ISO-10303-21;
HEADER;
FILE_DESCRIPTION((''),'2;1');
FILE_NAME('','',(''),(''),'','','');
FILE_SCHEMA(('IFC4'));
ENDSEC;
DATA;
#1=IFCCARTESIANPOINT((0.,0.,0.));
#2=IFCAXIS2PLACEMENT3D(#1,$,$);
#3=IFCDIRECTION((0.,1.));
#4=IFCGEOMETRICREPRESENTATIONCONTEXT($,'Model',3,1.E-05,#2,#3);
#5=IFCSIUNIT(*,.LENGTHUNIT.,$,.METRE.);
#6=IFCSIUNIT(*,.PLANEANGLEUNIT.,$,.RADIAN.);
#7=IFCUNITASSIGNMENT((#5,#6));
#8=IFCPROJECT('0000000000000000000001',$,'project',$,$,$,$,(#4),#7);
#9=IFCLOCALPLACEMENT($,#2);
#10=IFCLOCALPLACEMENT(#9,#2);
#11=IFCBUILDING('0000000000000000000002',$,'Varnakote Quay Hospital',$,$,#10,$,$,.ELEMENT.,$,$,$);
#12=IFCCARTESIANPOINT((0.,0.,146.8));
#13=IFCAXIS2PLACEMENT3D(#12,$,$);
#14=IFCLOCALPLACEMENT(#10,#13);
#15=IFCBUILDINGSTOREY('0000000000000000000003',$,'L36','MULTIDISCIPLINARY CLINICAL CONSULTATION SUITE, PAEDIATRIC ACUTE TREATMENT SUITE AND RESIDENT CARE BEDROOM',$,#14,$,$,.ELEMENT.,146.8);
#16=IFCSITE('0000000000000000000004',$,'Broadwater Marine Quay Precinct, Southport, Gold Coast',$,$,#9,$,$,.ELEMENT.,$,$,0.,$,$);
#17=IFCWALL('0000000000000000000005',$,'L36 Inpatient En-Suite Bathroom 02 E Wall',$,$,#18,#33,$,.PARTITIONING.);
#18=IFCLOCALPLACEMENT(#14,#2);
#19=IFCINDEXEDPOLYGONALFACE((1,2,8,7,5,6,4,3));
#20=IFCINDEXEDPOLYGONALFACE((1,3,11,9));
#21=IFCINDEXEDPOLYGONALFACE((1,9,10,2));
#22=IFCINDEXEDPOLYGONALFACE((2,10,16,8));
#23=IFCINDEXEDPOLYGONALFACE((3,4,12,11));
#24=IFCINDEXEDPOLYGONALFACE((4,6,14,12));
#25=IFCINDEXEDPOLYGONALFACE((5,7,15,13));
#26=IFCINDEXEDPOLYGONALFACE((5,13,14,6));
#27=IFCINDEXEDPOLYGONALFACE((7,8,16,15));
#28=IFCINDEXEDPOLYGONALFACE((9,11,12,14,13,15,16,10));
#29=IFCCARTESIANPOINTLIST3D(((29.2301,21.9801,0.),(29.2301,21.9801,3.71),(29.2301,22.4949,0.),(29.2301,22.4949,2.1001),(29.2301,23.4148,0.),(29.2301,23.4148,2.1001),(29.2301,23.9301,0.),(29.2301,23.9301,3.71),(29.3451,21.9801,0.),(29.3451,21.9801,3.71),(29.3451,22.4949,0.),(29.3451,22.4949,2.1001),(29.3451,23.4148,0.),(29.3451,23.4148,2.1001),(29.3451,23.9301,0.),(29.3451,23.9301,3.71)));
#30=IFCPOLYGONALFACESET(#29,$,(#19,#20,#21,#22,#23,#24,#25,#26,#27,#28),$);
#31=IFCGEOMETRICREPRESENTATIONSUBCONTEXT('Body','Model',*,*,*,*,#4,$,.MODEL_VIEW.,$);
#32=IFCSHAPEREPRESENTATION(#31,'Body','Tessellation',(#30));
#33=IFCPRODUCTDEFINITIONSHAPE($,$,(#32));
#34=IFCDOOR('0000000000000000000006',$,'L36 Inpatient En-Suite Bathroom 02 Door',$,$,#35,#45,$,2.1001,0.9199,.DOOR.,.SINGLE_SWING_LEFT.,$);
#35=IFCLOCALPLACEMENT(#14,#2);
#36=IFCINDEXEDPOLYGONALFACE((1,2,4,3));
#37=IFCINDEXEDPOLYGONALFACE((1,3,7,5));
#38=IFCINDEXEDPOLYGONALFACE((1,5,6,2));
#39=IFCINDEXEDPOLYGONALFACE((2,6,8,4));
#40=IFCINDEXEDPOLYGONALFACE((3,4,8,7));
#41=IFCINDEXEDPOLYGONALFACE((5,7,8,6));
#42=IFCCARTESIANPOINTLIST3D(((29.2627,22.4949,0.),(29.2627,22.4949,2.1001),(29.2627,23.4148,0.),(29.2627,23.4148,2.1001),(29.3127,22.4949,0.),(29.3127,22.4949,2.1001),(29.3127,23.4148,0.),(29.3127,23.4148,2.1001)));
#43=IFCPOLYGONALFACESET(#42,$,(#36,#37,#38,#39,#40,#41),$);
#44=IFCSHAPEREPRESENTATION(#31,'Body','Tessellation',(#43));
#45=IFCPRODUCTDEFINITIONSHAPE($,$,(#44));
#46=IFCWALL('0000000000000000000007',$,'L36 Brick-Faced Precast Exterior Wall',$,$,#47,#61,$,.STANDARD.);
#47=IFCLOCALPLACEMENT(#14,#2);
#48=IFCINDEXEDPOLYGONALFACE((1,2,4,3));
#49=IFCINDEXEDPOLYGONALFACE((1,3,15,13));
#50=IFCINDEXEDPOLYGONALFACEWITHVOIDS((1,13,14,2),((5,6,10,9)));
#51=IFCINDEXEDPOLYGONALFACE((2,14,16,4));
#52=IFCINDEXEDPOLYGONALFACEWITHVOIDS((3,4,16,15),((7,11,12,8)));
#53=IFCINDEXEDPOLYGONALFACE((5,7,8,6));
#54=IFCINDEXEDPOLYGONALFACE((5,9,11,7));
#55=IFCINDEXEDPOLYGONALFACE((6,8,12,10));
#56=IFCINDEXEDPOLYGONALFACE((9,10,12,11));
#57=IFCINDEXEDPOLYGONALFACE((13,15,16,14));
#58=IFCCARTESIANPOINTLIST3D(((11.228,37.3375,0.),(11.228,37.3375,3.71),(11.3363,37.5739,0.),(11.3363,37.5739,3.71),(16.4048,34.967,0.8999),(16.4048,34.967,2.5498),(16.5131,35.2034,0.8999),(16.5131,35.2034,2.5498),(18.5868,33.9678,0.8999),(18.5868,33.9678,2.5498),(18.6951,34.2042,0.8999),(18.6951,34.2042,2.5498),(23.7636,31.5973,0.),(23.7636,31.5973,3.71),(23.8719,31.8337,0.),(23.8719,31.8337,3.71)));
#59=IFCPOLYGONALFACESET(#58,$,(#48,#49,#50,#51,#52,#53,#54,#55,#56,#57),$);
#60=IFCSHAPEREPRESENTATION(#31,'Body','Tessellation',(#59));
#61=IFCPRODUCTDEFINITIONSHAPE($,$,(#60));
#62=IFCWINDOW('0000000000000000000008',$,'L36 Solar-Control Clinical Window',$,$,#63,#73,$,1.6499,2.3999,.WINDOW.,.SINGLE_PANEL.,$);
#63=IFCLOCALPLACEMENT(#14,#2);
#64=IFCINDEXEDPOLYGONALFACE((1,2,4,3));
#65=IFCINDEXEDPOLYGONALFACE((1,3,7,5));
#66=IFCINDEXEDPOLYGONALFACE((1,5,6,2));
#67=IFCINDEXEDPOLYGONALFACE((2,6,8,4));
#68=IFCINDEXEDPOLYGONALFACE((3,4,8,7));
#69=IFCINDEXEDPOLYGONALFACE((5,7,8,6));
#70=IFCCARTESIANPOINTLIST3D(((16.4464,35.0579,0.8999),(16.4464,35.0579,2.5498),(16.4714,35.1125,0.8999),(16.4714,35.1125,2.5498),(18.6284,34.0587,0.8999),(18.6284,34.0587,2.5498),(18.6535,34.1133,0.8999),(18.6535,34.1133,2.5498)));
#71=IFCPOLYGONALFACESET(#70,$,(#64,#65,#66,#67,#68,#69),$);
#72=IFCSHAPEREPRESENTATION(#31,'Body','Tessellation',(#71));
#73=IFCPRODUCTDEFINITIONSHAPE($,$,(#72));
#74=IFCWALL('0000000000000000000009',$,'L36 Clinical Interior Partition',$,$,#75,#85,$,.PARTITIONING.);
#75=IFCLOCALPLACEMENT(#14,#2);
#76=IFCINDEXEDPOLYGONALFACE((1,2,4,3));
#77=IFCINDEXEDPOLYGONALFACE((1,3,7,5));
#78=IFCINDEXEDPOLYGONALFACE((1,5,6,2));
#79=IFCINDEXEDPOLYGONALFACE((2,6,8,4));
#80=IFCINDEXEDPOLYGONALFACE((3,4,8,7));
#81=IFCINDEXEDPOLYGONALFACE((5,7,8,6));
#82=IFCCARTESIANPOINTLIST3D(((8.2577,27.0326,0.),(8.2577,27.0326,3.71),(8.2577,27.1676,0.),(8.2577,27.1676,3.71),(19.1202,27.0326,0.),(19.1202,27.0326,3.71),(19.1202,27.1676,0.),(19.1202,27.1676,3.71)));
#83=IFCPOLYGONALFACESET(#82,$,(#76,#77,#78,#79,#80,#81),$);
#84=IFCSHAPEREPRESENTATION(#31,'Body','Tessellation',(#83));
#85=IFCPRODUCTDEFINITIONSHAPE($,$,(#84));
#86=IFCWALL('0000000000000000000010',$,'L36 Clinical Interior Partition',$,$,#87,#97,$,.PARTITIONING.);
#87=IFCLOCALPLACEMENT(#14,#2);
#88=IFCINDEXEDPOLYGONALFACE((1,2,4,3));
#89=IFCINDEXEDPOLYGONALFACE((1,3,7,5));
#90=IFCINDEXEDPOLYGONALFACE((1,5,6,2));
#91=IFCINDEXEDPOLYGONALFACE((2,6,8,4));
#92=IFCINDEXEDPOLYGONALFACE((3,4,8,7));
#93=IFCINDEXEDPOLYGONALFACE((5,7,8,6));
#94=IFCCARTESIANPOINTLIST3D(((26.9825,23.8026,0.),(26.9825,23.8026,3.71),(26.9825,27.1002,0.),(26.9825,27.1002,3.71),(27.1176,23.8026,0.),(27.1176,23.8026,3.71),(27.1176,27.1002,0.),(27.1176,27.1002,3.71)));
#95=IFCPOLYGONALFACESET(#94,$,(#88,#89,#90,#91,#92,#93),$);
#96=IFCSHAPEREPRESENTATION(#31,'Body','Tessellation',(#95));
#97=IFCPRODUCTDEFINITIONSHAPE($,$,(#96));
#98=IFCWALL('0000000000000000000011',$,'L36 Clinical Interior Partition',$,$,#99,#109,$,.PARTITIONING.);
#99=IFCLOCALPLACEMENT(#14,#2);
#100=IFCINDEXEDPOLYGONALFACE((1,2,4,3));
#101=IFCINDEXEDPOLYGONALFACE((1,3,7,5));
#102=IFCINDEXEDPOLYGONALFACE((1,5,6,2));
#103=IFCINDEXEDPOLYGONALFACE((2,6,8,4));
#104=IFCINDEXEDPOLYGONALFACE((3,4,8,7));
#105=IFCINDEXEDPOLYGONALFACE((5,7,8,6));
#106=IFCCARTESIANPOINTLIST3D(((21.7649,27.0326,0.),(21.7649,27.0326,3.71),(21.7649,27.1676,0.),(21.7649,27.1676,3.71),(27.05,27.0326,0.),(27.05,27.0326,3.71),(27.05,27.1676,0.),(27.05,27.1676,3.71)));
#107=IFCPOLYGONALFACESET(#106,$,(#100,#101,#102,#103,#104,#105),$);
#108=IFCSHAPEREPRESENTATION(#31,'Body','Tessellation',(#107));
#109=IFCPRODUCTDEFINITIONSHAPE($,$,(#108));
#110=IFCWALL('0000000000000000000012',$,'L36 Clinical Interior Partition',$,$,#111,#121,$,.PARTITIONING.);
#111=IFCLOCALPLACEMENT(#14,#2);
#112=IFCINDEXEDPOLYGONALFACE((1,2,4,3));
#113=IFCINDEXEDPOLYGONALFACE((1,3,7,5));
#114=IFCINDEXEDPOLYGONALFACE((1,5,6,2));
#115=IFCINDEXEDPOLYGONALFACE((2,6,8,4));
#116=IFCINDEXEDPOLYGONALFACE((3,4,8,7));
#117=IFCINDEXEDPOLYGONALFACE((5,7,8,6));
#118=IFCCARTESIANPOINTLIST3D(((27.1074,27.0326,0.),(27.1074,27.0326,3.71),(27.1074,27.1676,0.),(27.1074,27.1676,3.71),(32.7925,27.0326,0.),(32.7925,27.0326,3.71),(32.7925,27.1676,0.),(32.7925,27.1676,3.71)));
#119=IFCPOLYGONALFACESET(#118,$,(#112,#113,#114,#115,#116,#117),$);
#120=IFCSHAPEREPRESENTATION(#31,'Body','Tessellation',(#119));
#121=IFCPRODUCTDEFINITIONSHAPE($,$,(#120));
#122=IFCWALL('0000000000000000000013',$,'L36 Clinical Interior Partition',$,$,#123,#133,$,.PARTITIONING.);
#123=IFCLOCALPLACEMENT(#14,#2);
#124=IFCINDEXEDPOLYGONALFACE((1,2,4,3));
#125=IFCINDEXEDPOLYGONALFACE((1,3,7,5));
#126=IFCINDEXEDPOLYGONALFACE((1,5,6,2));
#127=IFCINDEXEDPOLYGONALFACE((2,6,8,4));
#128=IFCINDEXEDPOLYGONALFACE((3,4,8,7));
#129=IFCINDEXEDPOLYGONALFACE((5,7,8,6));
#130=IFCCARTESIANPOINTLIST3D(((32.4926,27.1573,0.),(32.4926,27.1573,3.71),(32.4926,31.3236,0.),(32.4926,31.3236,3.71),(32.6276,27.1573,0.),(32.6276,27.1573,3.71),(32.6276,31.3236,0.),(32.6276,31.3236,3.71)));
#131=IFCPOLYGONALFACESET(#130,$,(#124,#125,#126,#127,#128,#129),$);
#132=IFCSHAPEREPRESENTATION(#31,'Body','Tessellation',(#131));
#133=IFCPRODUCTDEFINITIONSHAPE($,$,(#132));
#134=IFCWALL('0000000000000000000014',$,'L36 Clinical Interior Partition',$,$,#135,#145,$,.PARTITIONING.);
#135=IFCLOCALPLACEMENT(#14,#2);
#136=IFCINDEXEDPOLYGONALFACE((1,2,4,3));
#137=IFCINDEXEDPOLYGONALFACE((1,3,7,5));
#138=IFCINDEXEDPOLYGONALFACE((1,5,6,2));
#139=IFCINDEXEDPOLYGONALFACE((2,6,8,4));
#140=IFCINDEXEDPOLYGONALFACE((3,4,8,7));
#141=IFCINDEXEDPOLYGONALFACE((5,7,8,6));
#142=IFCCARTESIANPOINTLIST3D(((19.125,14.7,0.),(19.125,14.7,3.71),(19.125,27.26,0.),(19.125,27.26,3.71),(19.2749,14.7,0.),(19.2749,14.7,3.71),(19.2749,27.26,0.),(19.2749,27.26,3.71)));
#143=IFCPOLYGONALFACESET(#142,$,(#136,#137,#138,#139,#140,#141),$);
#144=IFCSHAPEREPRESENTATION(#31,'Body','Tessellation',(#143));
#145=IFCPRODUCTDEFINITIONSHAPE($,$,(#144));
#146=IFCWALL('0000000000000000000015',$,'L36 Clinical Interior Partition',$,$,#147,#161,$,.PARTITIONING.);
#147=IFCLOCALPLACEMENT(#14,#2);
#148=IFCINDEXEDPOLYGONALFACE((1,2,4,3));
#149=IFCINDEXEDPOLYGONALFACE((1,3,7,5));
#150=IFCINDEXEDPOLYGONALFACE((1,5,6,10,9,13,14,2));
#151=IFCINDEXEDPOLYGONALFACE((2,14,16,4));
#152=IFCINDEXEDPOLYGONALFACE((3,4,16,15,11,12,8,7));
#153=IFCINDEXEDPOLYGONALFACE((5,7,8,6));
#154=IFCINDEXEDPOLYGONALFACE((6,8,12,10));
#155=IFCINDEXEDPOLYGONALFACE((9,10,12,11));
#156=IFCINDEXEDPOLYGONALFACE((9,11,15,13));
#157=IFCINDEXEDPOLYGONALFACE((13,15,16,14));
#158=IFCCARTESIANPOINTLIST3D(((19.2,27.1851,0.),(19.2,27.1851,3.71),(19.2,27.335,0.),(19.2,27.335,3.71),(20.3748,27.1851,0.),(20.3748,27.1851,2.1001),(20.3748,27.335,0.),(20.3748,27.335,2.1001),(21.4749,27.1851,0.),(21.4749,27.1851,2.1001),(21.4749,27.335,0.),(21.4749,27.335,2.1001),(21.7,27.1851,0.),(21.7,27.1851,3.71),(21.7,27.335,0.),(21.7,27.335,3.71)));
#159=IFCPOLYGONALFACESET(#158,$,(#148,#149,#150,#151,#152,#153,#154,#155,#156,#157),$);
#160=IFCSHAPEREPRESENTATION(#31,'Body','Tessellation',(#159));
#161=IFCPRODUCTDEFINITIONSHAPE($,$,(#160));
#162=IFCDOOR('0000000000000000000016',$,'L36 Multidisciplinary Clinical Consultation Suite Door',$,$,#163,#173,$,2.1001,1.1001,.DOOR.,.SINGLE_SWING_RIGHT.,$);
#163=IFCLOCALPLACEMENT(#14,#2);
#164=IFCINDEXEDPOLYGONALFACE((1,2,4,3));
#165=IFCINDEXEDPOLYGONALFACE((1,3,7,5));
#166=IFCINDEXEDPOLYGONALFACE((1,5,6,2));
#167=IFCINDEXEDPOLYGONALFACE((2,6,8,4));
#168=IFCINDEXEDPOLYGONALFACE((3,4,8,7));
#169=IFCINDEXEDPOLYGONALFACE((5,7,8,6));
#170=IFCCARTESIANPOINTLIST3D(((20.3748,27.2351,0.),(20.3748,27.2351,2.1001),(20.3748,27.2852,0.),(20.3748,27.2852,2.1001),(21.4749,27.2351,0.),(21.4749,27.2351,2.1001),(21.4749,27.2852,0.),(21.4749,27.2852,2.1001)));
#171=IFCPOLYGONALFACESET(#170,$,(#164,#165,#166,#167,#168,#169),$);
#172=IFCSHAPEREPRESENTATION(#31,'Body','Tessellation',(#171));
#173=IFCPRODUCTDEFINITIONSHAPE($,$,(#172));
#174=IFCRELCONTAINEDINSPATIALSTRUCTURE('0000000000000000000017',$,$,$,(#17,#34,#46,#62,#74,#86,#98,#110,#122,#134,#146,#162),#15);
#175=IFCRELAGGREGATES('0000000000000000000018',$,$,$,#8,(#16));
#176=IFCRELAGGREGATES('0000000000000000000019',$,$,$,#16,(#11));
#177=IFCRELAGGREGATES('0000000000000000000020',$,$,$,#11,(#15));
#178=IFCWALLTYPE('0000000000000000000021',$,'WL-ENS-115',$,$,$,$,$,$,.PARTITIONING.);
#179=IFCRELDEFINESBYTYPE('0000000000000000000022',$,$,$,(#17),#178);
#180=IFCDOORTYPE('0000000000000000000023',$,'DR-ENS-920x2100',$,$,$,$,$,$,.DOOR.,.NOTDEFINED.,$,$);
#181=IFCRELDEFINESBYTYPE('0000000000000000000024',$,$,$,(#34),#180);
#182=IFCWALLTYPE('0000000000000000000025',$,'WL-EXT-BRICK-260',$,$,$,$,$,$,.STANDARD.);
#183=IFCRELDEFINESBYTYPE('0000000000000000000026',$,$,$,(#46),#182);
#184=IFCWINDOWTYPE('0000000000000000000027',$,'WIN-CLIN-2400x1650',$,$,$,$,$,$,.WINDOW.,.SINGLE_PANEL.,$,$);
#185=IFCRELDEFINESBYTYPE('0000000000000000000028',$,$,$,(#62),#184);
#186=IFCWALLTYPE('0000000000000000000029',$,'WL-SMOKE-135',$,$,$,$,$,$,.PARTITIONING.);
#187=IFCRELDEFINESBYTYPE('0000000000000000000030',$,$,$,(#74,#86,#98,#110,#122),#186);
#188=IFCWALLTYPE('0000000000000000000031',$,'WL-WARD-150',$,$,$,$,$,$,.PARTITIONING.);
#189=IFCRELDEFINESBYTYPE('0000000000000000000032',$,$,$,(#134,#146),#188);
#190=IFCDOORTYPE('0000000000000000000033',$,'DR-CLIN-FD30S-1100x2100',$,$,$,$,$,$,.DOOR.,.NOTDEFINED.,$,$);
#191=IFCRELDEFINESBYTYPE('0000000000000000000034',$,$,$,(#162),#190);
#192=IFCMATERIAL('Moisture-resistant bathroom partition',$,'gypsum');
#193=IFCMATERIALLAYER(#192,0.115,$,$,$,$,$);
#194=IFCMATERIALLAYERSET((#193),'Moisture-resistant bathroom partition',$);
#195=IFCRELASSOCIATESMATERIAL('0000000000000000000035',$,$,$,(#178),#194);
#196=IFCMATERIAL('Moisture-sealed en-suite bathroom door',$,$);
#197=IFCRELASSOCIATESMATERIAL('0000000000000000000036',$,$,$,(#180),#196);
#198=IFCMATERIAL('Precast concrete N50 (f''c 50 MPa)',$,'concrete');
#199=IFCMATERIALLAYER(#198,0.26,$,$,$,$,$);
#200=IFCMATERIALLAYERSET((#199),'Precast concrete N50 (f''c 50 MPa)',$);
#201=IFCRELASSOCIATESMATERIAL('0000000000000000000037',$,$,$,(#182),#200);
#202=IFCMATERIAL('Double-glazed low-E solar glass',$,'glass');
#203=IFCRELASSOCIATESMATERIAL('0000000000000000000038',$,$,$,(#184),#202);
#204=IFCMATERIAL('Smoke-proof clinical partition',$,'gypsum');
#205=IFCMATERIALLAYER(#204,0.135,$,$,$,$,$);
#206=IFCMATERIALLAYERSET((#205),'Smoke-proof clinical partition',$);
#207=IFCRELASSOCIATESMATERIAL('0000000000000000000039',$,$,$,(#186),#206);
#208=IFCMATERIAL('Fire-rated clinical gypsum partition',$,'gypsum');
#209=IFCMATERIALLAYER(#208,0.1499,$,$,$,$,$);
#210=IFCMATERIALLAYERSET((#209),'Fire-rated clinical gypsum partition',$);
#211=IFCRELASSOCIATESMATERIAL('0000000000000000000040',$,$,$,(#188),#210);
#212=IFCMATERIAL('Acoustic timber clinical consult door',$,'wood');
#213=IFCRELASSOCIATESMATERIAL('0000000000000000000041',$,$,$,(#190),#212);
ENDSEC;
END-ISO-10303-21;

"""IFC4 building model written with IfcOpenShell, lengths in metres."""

from ifc_helpers import new_model, si_unit, direction, frame, frame_2d, origin, place, context, subcontext, project, spatial, rectangle, extrude, material, layer, layer_set, type_object, element, fill, save


model = new_model("IFC4")

# Units and contexts
model_context = context("Model", 3, precision=1e-05, world=origin(), true_north=direction((0.0, 1.0)))
body_context = subcontext(model_context, "Body", "Model", "MODEL_VIEW")
ifc_project = project(units=[si_unit("LENGTHUNIT", "METRE"), si_unit("PLANEANGLEUNIT", "RADIAN")], contexts=[model_context])

# Site, building, storey
site_placement = place(None, origin())
site = spatial("IfcSite", under=ifc_project, at=site_placement, Name="Broadwater Marine Quay Precinct, Southport, Gold Coast", CompositionType="ELEMENT", RefElevation=0.0)
building_placement = place(site_placement, origin())
building = spatial("IfcBuilding", under=site, at=building_placement, Name="Varnakote Quay Hospital", CompositionType="ELEMENT")
storey_placement = place(building_placement, frame((0.0, 0.0, 146.8)))
storey = spatial("IfcBuildingStorey", under=building, at=storey_placement, Name="L36", Description="MULTIDISCIPLINARY CLINICAL CONSULTATION SUITE, PAEDIATRIC ACUTE TREATMENT SUITE AND RESIDENT CARE BEDROOM", CompositionType="ELEMENT", Elevation=146.8)

# Shared definitions
ifc_material_1 = material(Name="Moisture-resistant bathroom partition", Category="gypsum")
ifc_layer_1 = layer(ifc_material_1, 0.115)
ifc_layer_set_1 = layer_set([ifc_layer_1], Name="Moisture-resistant bathroom partition")
wall_type_1 = type_object("IfcWallType", Name="WL-ENS-115", PredefinedType="PARTITIONING", material=ifc_layer_set_1)

# Shared definitions
ifc_material_2 = material(Name="Moisture-sealed en-suite bathroom door")
door_type_1 = type_object("IfcDoorType", Name="DR-ENS-920x2100", OperationType="NOTDEFINED", PredefinedType="DOOR", material=ifc_material_2)

# Wall, opening, door
wall_1_placement = place(storey_placement, frame((29.2876, 21.98, 0.0), z_axis=(0.0, 0.0, 1.0), x_axis=(0.0, 1.0, 0.0)))
wall_1 = element("IfcWall", 1, at=wall_1_placement, inside=storey, type_object=wall_type_1, Name="L36 Inpatient En-Suite Bathroom 02 E Wall", PredefinedType="PARTITIONING", context=body_context, shape_type="SweptSolid", body=[
    extrude(rectangle(XDim=1.95, YDim=0.115, at=frame_2d((0.9751, 0.0))), origin(), (0.0, 0.0, 1.0), 3.71),
])
opening_1_placement = place(wall_1_placement, frame((0.5149, 0.0, 0.0)))
opening_1 = element("IfcOpeningElement", 2, at=opening_1_placement, cuts=wall_1, PredefinedType="OPENING", context=body_context, shape_type="SweptSolid", body=[
    extrude(rectangle(XDim=0.9199, YDim=2.1001, at=frame_2d((0.46, 1.05))), frame((0.0, 0.0674, 0.0), z_axis=(0.0, -1.0, 0.0), x_axis=(1.0, 0.0, 0.0)), (0.0, 0.0, 1.0), 0.135),
])
door_1_placement = place(opening_1_placement, origin())
door_1 = element("IfcDoor", 3, at=door_1_placement, inside=storey, type_object=door_type_1, Name="L36 Inpatient En-Suite Bathroom 02 Door", OperationType="SINGLE_SWING_LEFT", OverallHeight=2.1001, OverallWidth=0.9199, PredefinedType="DOOR", context=body_context, shape_type="SweptSolid", body=[
    extrude(rectangle(XDim=0.9199, YDim=2.1001, at=frame_2d((0.46, 1.05))), frame((0.0, 0.0249, 0.0), z_axis=(0.0, -1.0, 0.0), x_axis=(1.0, 0.0, 0.0)), (0.0, 0.0, 1.0), 0.05),
])
fill(opening_1, door_1)

# Wall, opening, window
ifc_material_3 = material(Name="Precast concrete N50 (f'c 50 MPa)", Category="concrete")
ifc_layer_2 = layer(ifc_material_3, 0.26)
ifc_layer_set_2 = layer_set([ifc_layer_2], Name="Precast concrete N50 (f'c 50 MPa)")
wall_type_2 = type_object("IfcWallType", Name="WL-EXT-BRICK-260", PredefinedType="STANDARD", material=ifc_layer_set_2)
wall_2_placement = place(storey_placement, frame((23.8176, 31.7156, 0.0), z_axis=(0.0, 0.0, 1.0), x_axis=(-0.90921, 0.416339, 0.0)))
wall_2 = element("IfcWall", 4, at=wall_2_placement, inside=storey, type_object=wall_type_2, Name="L36 Brick-Faced Precast Exterior Wall", PredefinedType="STANDARD", context=body_context, shape_type="SweptSolid", body=[
    extrude(rectangle(XDim=13.7874, YDim=0.26, at=frame_2d((6.8936, 0.0))), origin(), (0.0, 0.0, 1.0), 3.71),
])
opening_2_placement = place(wall_2_placement, frame((5.6936, 0.0, 0.8999)))
opening_2 = element("IfcOpeningElement", 5, at=opening_2_placement, cuts=wall_2, PredefinedType="OPENING", context=body_context, shape_type="SweptSolid", body=[
    extrude(rectangle(XDim=2.3999, YDim=1.6499, at=frame_2d((1.2, 0.825))), frame((0.0, 0.1399, 0.0), z_axis=(0.0, -1.0, 0.0), x_axis=(1.0, 0.0, 0.0)), (0.0, 0.0, 1.0), 0.28),
])
ifc_material_4 = material(Name="Double-glazed low-E solar glass", Category="glass")
window_type = type_object("IfcWindowType", Name="WIN-CLIN-2400x1650", PartitioningType="SINGLE_PANEL", PredefinedType="WINDOW", material=ifc_material_4)
window_placement = place(opening_2_placement, origin())
window = element("IfcWindow", 6, at=window_placement, inside=storey, type_object=window_type, Name="L36 Solar-Control Clinical Window", OverallHeight=1.6499, OverallWidth=2.3999, PartitioningType="SINGLE_PANEL", PredefinedType="WINDOW", context=body_context, shape_type="SweptSolid", body=[
    extrude(rectangle(XDim=2.3999, YDim=1.6499, at=frame_2d((1.2, 0.825))), frame((0.0, 0.03, 0.0), z_axis=(0.0, -1.0, 0.0), x_axis=(1.0, 0.0, 0.0)), (0.0, 0.0, 1.0), 0.0601),
])
fill(opening_2, window)

# Walls
ifc_material_5 = material(Name="Smoke-proof clinical partition", Category="gypsum")
ifc_layer_3 = layer(ifc_material_5, 0.135)
ifc_layer_set_3 = layer_set([ifc_layer_3], Name="Smoke-proof clinical partition")
wall_type_3 = type_object("IfcWallType", Name="WL-SMOKE-135", PredefinedType="PARTITIONING", material=ifc_layer_set_3)
wall_3_placement = place(storey_placement, frame((19.1201, 27.1001, 0.0), z_axis=(0.0, 0.0, 1.0), x_axis=(-1.0, 0.0, 0.0)))
element("IfcWall", 7, at=wall_3_placement, inside=storey, type_object=wall_type_3, Name="L36 Clinical Interior Partition", PredefinedType="PARTITIONING", context=body_context, shape_type="SweptSolid", body=[
    extrude(rectangle(XDim=10.8625, YDim=0.135, at=frame_2d((5.4312, 0.0))), origin(), (0.0, 0.0, 1.0), 3.71),
])
wall_4_placement = place(storey_placement, frame((27.05, 23.8025, 0.0), z_axis=(0.0, 0.0, 1.0), x_axis=(0.0, 1.0, 0.0)))
element("IfcWall", 8, at=wall_4_placement, inside=storey, type_object=wall_type_3, Name="L36 Clinical Interior Partition", PredefinedType="PARTITIONING", context=body_context, shape_type="SweptSolid", body=[
    extrude(rectangle(XDim=3.2976, YDim=0.135, at=frame_2d((1.6489, 0.0))), origin(), (0.0, 0.0, 1.0), 3.71),
])
wall_5_placement = place(storey_placement, frame((27.05, 27.1001, 0.0), z_axis=(0.0, 0.0, 1.0), x_axis=(-1.0, 0.0, 0.0)))
element("IfcWall", 9, at=wall_5_placement, inside=storey, type_object=wall_type_3, Name="L36 Clinical Interior Partition", PredefinedType="PARTITIONING", context=body_context, shape_type="SweptSolid", body=[
    extrude(rectangle(XDim=5.2852, YDim=0.135, at=frame_2d((2.6426, 0.0))), origin(), (0.0, 0.0, 1.0), 3.71),
])
wall_6_placement = place(storey_placement, frame((32.7925, 27.1001, 0.0), z_axis=(0.0, 0.0, 1.0), x_axis=(-1.0, 0.0, 0.0)))
element("IfcWall", 10, at=wall_6_placement, inside=storey, type_object=wall_type_3, Name="L36 Clinical Interior Partition", PredefinedType="PARTITIONING", context=body_context, shape_type="SweptSolid", body=[
    extrude(rectangle(XDim=5.6851, YDim=0.135, at=frame_2d((2.8425, 0.0))), origin(), (0.0, 0.0, 1.0), 3.71),
])
wall_7_placement = place(storey_placement, frame((32.5601, 27.1575, 0.0), z_axis=(0.0, 0.0, 1.0), x_axis=(0.0, 1.0, 0.0)))
element("IfcWall", 11, at=wall_7_placement, inside=storey, type_object=wall_type_3, Name="L36 Clinical Interior Partition", PredefinedType="PARTITIONING", context=body_context, shape_type="SweptSolid", body=[
    extrude(rectangle(XDim=4.1663, YDim=0.135, at=frame_2d((2.083, 0.0))), origin(), (0.0, 0.0, 1.0), 3.71),
])
ifc_material_6 = material(Name="Fire-rated clinical gypsum partition", Category="gypsum")
ifc_layer_4 = layer(ifc_material_6, 0.1499)
ifc_layer_set_4 = layer_set([ifc_layer_4], Name="Fire-rated clinical gypsum partition")
wall_type_4 = type_object("IfcWallType", Name="WL-WARD-150", PredefinedType="PARTITIONING", material=ifc_layer_set_4)
wall_8_placement = place(storey_placement, frame((19.2, 27.26, 0.0), z_axis=(0.0, 0.0, 1.0), x_axis=(0.0, -1.0, 0.0)))
element("IfcWall", 12, at=wall_8_placement, inside=storey, type_object=wall_type_4, Name="L36 Clinical Interior Partition", PredefinedType="PARTITIONING", context=body_context, shape_type="SweptSolid", body=[
    extrude(rectangle(XDim=12.5601, YDim=0.1499, at=frame_2d((6.28, 0.0))), origin(), (0.0, 0.0, 1.0), 3.71),
])

# Wall, opening, door
wall_9_placement = place(storey_placement, frame((21.7, 27.26, 0.0), z_axis=(0.0, 0.0, 1.0), x_axis=(-1.0, 0.0, 0.0)))
wall_9 = element("IfcWall", 13, at=wall_9_placement, inside=storey, type_object=wall_type_4, Name="L36 Clinical Interior Partition", PredefinedType="PARTITIONING", context=body_context, shape_type="SweptSolid", body=[
    extrude(rectangle(XDim=2.5, YDim=0.1499, at=frame_2d((1.25, 0.0))), origin(), (0.0, 0.0, 1.0), 3.71),
])
opening_3_placement = place(wall_9_placement, frame((0.2251, 0.0, 0.0)))
opening_3 = element("IfcOpeningElement", 14, at=opening_3_placement, cuts=wall_9, PredefinedType="OPENING", context=body_context, shape_type="SweptSolid", body=[
    extrude(rectangle(XDim=1.1001, YDim=2.1001, at=frame_2d((0.55, 1.05))), frame((0.0, 0.085, 0.0), z_axis=(0.0, -1.0, 0.0), x_axis=(1.0, 0.0, 0.0)), (0.0, 0.0, 1.0), 0.1699),
])
ifc_material_7 = material(Name="Acoustic timber clinical consult door", Category="wood")
door_type_2 = type_object("IfcDoorType", Name="DR-CLIN-FD30S-1100x2100", OperationType="NOTDEFINED", PredefinedType="DOOR", material=ifc_material_7)
door_2_placement = place(opening_3_placement, origin())
door_2 = element("IfcDoor", 15, at=door_2_placement, inside=storey, type_object=door_type_2, Name="L36 Multidisciplinary Clinical Consultation Suite Door", OperationType="SINGLE_SWING_RIGHT", OverallHeight=2.1001, OverallWidth=1.1001, PredefinedType="DOOR", context=body_context, shape_type="SweptSolid", body=[
    extrude(rectangle(XDim=1.1001, YDim=2.1001, at=frame_2d((0.55, 1.05))), frame((0.0, 0.0249, 0.0), z_axis=(0.0, -1.0, 0.0), x_axis=(1.0, 0.0, 0.0)), (0.0, 0.0, 1.0), 0.05),
])
fill(opening_3, door_2)

save(model, "model.ifc")
